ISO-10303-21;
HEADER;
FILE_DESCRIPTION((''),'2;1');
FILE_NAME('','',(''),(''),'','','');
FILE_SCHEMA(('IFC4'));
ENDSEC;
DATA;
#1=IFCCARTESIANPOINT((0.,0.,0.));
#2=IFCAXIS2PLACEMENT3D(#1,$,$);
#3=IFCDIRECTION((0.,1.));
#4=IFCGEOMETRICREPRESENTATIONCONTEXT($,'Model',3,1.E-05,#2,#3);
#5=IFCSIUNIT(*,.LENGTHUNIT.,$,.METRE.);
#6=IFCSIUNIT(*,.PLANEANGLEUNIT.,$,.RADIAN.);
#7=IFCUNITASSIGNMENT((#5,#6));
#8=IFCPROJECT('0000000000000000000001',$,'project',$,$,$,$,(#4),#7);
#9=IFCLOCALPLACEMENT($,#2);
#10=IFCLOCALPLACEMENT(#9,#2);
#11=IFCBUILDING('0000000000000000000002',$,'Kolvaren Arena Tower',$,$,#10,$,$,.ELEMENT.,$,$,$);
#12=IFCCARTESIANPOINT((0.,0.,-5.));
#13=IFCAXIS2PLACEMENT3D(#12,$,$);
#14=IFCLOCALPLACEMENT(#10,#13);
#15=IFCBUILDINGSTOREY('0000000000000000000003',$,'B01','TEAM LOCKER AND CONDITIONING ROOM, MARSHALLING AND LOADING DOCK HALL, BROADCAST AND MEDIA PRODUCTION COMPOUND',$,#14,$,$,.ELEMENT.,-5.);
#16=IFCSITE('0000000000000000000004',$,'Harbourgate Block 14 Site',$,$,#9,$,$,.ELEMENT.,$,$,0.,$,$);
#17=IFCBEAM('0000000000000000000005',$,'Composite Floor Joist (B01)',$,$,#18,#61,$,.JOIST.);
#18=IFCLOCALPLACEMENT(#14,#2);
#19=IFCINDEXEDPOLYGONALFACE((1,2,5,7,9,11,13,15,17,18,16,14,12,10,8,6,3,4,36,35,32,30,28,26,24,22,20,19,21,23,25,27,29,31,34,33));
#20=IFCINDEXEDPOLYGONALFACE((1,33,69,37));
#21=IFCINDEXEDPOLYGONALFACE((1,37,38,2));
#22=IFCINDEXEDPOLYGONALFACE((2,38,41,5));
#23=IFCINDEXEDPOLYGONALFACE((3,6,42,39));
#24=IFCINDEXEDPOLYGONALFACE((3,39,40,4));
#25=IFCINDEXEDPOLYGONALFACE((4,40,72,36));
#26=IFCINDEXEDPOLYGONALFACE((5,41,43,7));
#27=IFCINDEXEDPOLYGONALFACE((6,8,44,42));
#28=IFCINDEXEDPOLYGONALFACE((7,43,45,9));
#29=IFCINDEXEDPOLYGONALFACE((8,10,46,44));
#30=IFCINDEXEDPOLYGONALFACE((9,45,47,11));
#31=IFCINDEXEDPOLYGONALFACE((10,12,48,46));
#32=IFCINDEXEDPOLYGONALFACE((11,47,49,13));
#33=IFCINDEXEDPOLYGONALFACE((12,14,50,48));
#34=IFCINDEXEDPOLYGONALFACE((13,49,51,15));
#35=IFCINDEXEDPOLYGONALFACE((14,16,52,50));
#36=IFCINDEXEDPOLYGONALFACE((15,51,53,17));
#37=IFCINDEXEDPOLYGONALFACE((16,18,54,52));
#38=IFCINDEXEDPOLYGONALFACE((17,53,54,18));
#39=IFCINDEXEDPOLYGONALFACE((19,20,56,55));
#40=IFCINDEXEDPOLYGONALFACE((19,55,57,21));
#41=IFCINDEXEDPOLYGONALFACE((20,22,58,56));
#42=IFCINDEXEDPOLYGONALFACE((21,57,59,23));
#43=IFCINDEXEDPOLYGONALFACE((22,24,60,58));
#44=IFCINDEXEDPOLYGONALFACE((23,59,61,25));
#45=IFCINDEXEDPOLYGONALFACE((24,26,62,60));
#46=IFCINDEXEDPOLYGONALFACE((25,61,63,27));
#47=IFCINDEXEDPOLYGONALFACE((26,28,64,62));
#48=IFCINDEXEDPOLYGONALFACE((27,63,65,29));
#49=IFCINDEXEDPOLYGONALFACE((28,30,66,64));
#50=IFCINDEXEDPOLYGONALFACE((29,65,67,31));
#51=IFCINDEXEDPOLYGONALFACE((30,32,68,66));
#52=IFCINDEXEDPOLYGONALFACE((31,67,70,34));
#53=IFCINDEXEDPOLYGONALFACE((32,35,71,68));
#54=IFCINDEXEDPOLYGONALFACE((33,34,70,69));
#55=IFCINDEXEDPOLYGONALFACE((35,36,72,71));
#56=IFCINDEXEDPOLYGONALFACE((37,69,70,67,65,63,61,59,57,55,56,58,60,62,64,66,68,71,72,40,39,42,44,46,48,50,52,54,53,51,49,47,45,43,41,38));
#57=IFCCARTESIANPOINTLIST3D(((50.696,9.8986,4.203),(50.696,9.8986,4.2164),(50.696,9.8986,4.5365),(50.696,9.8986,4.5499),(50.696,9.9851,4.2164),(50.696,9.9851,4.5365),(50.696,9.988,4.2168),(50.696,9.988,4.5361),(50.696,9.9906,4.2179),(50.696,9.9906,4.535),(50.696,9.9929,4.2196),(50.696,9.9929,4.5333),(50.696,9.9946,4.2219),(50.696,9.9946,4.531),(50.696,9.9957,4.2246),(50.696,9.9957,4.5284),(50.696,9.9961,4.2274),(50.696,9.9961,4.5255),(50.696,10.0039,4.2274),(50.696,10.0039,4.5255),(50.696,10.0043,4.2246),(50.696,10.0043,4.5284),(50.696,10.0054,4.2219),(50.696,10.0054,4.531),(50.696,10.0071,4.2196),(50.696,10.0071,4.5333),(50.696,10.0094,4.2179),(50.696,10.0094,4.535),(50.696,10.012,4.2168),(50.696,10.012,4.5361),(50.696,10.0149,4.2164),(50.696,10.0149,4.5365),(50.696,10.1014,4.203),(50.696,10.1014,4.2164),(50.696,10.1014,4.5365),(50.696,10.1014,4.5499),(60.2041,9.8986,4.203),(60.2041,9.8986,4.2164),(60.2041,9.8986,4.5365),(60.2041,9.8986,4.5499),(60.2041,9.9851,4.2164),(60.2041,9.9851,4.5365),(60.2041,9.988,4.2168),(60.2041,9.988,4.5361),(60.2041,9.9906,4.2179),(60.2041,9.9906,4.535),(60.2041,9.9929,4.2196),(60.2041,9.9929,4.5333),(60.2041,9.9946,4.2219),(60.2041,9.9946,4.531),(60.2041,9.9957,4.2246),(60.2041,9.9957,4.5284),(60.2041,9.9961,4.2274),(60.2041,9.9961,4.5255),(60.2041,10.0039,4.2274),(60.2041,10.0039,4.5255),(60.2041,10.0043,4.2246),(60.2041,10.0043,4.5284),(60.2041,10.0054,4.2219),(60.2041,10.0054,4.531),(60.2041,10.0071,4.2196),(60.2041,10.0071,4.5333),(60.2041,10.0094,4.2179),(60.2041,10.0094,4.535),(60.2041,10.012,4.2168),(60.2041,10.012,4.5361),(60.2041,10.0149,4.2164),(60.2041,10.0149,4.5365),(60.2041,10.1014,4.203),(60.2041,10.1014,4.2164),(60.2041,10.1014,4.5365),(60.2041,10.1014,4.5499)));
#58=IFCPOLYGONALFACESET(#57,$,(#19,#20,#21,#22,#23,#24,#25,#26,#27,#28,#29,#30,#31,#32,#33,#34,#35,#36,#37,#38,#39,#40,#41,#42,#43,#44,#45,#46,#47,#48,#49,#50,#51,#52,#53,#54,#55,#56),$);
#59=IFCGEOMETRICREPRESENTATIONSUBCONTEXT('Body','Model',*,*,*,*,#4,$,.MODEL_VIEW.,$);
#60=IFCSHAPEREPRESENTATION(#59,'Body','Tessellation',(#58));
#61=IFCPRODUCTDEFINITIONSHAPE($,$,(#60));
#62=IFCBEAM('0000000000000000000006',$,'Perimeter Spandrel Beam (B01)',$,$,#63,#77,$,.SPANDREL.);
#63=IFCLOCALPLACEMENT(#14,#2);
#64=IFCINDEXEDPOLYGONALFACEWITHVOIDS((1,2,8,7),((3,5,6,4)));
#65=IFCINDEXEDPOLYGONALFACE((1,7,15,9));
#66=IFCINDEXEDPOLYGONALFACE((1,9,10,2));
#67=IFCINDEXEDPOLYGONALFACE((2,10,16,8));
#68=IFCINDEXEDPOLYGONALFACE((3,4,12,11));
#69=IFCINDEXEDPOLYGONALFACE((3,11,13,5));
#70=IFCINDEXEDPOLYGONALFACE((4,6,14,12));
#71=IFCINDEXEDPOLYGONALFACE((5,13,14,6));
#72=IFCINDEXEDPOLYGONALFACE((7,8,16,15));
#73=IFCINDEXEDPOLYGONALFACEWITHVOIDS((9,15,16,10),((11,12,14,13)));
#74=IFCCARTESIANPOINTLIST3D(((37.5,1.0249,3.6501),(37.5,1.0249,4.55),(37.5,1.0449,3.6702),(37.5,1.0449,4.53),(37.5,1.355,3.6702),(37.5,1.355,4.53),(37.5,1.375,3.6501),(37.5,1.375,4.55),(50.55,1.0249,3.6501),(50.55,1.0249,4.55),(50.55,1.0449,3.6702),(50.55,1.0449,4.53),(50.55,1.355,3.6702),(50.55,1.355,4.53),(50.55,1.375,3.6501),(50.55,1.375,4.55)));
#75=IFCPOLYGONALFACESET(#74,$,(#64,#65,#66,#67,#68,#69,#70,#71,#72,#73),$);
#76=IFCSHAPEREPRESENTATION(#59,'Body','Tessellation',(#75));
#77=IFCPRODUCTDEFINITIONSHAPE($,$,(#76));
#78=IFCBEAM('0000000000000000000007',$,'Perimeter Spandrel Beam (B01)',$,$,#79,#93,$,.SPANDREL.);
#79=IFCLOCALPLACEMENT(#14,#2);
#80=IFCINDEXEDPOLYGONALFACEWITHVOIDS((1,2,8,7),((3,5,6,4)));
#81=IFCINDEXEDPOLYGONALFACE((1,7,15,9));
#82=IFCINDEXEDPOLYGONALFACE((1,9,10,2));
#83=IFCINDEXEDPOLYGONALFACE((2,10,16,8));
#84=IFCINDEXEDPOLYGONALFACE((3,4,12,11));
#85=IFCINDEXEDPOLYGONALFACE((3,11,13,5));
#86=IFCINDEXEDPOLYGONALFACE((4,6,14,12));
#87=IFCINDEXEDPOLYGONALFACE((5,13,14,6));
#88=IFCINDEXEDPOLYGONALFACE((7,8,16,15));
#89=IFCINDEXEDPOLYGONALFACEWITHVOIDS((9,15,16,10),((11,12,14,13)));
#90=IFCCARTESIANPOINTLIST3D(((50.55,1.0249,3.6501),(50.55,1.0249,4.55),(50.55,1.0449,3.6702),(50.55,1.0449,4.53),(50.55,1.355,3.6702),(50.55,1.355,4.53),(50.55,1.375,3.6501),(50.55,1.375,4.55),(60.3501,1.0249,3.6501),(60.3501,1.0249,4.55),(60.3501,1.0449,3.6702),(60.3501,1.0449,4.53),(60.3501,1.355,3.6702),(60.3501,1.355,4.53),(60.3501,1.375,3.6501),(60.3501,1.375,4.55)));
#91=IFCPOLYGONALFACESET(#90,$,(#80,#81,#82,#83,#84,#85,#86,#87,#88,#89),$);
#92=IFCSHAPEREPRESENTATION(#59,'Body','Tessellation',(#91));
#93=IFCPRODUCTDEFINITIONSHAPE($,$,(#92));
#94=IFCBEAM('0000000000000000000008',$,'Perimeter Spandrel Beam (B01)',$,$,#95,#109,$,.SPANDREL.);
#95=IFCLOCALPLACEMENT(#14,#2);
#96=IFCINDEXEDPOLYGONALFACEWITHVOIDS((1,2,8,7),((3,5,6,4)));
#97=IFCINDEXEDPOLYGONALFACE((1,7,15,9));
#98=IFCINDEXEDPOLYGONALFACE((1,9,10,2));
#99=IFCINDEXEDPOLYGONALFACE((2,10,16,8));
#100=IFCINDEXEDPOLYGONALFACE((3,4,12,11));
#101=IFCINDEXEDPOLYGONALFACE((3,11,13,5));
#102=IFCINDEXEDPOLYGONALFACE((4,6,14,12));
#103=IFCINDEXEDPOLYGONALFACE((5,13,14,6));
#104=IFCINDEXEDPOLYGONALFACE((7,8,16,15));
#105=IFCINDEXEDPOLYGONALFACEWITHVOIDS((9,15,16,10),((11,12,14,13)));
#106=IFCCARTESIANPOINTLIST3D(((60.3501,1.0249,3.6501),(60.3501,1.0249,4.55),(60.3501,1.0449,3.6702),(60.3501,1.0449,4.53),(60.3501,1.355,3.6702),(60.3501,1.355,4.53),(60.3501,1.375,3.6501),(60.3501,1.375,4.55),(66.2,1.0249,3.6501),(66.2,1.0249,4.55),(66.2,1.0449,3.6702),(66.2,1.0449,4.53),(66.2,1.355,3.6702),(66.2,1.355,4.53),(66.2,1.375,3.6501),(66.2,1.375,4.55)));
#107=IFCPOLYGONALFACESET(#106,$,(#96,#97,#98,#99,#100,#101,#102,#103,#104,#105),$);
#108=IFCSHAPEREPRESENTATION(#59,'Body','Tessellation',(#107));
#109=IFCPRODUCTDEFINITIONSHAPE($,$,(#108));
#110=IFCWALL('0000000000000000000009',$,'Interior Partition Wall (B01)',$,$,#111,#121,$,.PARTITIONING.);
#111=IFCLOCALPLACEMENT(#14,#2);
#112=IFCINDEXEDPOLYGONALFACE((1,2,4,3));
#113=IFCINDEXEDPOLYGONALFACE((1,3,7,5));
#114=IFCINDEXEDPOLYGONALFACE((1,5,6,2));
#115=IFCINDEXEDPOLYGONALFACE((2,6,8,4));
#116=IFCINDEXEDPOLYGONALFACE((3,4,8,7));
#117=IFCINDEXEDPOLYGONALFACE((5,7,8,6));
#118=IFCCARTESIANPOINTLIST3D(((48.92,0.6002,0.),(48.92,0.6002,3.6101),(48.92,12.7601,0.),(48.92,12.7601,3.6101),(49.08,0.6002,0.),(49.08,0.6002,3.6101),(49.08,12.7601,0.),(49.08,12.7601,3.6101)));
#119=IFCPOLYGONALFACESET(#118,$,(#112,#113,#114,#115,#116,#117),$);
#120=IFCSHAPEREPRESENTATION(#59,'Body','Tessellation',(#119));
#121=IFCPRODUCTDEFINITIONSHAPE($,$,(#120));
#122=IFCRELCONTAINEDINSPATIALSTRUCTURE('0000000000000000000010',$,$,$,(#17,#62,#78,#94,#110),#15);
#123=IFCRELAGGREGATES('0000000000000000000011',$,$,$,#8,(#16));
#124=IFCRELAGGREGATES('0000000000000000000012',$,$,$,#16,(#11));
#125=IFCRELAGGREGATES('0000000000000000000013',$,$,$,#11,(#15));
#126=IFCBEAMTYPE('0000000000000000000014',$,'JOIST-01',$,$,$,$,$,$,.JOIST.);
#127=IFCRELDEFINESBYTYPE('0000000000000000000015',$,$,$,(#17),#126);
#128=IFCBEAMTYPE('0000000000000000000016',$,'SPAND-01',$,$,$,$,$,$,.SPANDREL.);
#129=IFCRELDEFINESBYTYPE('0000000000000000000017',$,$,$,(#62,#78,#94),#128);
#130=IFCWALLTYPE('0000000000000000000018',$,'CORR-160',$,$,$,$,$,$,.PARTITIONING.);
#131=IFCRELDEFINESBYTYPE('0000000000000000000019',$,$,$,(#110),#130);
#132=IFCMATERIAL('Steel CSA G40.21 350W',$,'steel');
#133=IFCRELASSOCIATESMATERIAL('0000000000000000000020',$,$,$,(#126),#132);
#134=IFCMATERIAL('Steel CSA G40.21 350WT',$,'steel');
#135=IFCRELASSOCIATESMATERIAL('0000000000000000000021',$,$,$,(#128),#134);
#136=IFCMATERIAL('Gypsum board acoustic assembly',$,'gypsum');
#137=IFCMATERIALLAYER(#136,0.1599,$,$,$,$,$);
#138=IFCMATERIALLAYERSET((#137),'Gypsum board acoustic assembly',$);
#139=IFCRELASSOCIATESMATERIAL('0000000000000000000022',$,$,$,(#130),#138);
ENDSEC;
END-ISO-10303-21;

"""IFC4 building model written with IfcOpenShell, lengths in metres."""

from ifc_helpers import new_model, si_unit, direction, frame, frame_2d, origin, origin_2d, place, context, subcontext, project, spatial, rectangle, hollow_rectangle, i_section, extrude, material, layer, layer_set, material_profile, profile_set, type_object, element, save


model = new_model("IFC4")

# Units and contexts
model_context = context("Model", 3, precision=1e-05, world=origin(), true_north=direction((0.0, 1.0)))
body_context = subcontext(model_context, "Body", "Model", "MODEL_VIEW")
ifc_project = project(units=[si_unit("LENGTHUNIT", "METRE"), si_unit("PLANEANGLEUNIT", "RADIAN")], contexts=[model_context])

# Site, building, storey
site_placement = place(None, origin())
site = spatial("IfcSite", under=ifc_project, at=site_placement, Name="Harbourgate Block 14 Site", CompositionType="ELEMENT", RefElevation=0.0)
building_placement = place(site_placement, origin())
building = spatial("IfcBuilding", under=site, at=building_placement, Name="Kolvaren Arena Tower", CompositionType="ELEMENT")
storey_placement = place(building_placement, frame((0.0, 0.0, -5.0)))
storey = spatial("IfcBuildingStorey", under=building, at=storey_placement, Name="B01", Description="TEAM LOCKER AND CONDITIONING ROOM, MARSHALLING AND LOADING DOCK HALL, BROADCAST AND MEDIA PRODUCTION COMPOUND", CompositionType="ELEMENT", Elevation=-5.0)

# Beams
ifc_material_1 = material(Name="Steel CSA G40.21 350W", Category="steel")
ifc_material_profile_1 = material_profile(ifc_material_1, i_section(OverallWidth=0.2029, OverallDepth=0.3469, WebThickness=0.0078, FlangeThickness=0.0134, FilletRadius=0.011, at=origin_2d()), Name="W360x64")
ifc_profile_set_1 = profile_set([ifc_material_profile_1], Name="Steel CSA G40.21 350W")
beam_type_1 = type_object("IfcBeamType", Name="JOIST-01", PredefinedType="JOIST", material=ifc_profile_set_1)
for number, where, z_axis, x_axis, name in (
    (1, (50.696, 10.0, 4.3765), (1.0, 0.0, 0.0), (0.0, 1.0, 0.0), "Composite Floor Joist (B01)"),
):
    element("IfcBeam", number, at=place(storey_placement, frame(where, z_axis=z_axis, x_axis=x_axis)), inside=storey, type_object=beam_type_1, Name=name, PredefinedType="JOIST", context=body_context, shape_type="SweptSolid", body=[
        extrude(i_section(OverallWidth=0.2029, OverallDepth=0.3469, WebThickness=0.0078, FlangeThickness=0.0134, FilletRadius=0.011, at=origin_2d()), origin(), (0.0, 0.0, 1.0), 9.5081),
    ])
ifc_material_2 = material(Name="Steel CSA G40.21 350WT", Category="steel")
ifc_material_profile_2 = material_profile(ifc_material_2, hollow_rectangle(XDim=0.3501, YDim=0.8999, WallThickness=0.02, at=origin_2d()), Name="HSS 900x350x20")
ifc_profile_set_2 = profile_set([ifc_material_profile_2], Name="Steel CSA G40.21 350WT")
beam_type_2 = type_object("IfcBeamType", Name="SPAND-01", PredefinedType="SPANDREL", material=ifc_profile_set_2)
beam_1_placement = place(storey_placement, frame((37.5, 1.2, 4.1001), z_axis=(1.0, 0.0, 0.0), x_axis=(0.0, 1.0, 0.0)))
element("IfcBeam", 2, at=beam_1_placement, inside=storey, type_object=beam_type_2, Name="Perimeter Spandrel Beam (B01)", PredefinedType="SPANDREL", context=body_context, shape_type="SweptSolid", body=[
    extrude(hollow_rectangle(XDim=0.3501, YDim=0.8999, WallThickness=0.02, at=origin_2d()), origin(), (0.0, 0.0, 1.0), 13.05),
])
beam_2_placement = place(storey_placement, frame((50.55, 1.2, 4.1001), z_axis=(1.0, 0.0, 0.0), x_axis=(0.0, 1.0, 0.0)))
element("IfcBeam", 3, at=beam_2_placement, inside=storey, type_object=beam_type_2, Name="Perimeter Spandrel Beam (B01)", PredefinedType="SPANDREL", context=body_context, shape_type="SweptSolid", body=[
    extrude(hollow_rectangle(XDim=0.3501, YDim=0.8999, WallThickness=0.02, at=origin_2d()), origin(), (0.0, 0.0, 1.0), 9.8),
])
beam_3_placement = place(storey_placement, frame((60.3501, 1.2, 4.1001), z_axis=(1.0, 0.0, 0.0), x_axis=(0.0, 1.0, 0.0)))
element("IfcBeam", 4, at=beam_3_placement, inside=storey, type_object=beam_type_2, Name="Perimeter Spandrel Beam (B01)", PredefinedType="SPANDREL", context=body_context, shape_type="SweptSolid", body=[
    extrude(hollow_rectangle(XDim=0.3501, YDim=0.8999, WallThickness=0.02, at=origin_2d()), origin(), (0.0, 0.0, 1.0), 5.8499),
])

# Wall
ifc_material_3 = material(Name="Gypsum board acoustic assembly", Category="gypsum")
ifc_layer = layer(ifc_material_3, 0.1599)
ifc_layer_set = layer_set([ifc_layer], Name="Gypsum board acoustic assembly")
wall_type = type_object("IfcWallType", Name="CORR-160", PredefinedType="PARTITIONING", material=ifc_layer_set)
wall_placement = place(storey_placement, frame((49.0, 0.6001, 0.0), z_axis=(0.0, 0.0, 1.0), x_axis=(0.0, 1.0, 0.0)))
element("IfcWall", 5, at=wall_placement, inside=storey, type_object=wall_type, Name="Interior Partition Wall (B01)", PredefinedType="PARTITIONING", context=body_context, shape_type="SweptSolid", body=[
    extrude(rectangle(XDim=12.1599, YDim=0.1599, at=frame_2d((6.0801, 0.0))), origin(), (0.0, 0.0, 1.0), 3.6101),
])

save(model, "model.ifc")
